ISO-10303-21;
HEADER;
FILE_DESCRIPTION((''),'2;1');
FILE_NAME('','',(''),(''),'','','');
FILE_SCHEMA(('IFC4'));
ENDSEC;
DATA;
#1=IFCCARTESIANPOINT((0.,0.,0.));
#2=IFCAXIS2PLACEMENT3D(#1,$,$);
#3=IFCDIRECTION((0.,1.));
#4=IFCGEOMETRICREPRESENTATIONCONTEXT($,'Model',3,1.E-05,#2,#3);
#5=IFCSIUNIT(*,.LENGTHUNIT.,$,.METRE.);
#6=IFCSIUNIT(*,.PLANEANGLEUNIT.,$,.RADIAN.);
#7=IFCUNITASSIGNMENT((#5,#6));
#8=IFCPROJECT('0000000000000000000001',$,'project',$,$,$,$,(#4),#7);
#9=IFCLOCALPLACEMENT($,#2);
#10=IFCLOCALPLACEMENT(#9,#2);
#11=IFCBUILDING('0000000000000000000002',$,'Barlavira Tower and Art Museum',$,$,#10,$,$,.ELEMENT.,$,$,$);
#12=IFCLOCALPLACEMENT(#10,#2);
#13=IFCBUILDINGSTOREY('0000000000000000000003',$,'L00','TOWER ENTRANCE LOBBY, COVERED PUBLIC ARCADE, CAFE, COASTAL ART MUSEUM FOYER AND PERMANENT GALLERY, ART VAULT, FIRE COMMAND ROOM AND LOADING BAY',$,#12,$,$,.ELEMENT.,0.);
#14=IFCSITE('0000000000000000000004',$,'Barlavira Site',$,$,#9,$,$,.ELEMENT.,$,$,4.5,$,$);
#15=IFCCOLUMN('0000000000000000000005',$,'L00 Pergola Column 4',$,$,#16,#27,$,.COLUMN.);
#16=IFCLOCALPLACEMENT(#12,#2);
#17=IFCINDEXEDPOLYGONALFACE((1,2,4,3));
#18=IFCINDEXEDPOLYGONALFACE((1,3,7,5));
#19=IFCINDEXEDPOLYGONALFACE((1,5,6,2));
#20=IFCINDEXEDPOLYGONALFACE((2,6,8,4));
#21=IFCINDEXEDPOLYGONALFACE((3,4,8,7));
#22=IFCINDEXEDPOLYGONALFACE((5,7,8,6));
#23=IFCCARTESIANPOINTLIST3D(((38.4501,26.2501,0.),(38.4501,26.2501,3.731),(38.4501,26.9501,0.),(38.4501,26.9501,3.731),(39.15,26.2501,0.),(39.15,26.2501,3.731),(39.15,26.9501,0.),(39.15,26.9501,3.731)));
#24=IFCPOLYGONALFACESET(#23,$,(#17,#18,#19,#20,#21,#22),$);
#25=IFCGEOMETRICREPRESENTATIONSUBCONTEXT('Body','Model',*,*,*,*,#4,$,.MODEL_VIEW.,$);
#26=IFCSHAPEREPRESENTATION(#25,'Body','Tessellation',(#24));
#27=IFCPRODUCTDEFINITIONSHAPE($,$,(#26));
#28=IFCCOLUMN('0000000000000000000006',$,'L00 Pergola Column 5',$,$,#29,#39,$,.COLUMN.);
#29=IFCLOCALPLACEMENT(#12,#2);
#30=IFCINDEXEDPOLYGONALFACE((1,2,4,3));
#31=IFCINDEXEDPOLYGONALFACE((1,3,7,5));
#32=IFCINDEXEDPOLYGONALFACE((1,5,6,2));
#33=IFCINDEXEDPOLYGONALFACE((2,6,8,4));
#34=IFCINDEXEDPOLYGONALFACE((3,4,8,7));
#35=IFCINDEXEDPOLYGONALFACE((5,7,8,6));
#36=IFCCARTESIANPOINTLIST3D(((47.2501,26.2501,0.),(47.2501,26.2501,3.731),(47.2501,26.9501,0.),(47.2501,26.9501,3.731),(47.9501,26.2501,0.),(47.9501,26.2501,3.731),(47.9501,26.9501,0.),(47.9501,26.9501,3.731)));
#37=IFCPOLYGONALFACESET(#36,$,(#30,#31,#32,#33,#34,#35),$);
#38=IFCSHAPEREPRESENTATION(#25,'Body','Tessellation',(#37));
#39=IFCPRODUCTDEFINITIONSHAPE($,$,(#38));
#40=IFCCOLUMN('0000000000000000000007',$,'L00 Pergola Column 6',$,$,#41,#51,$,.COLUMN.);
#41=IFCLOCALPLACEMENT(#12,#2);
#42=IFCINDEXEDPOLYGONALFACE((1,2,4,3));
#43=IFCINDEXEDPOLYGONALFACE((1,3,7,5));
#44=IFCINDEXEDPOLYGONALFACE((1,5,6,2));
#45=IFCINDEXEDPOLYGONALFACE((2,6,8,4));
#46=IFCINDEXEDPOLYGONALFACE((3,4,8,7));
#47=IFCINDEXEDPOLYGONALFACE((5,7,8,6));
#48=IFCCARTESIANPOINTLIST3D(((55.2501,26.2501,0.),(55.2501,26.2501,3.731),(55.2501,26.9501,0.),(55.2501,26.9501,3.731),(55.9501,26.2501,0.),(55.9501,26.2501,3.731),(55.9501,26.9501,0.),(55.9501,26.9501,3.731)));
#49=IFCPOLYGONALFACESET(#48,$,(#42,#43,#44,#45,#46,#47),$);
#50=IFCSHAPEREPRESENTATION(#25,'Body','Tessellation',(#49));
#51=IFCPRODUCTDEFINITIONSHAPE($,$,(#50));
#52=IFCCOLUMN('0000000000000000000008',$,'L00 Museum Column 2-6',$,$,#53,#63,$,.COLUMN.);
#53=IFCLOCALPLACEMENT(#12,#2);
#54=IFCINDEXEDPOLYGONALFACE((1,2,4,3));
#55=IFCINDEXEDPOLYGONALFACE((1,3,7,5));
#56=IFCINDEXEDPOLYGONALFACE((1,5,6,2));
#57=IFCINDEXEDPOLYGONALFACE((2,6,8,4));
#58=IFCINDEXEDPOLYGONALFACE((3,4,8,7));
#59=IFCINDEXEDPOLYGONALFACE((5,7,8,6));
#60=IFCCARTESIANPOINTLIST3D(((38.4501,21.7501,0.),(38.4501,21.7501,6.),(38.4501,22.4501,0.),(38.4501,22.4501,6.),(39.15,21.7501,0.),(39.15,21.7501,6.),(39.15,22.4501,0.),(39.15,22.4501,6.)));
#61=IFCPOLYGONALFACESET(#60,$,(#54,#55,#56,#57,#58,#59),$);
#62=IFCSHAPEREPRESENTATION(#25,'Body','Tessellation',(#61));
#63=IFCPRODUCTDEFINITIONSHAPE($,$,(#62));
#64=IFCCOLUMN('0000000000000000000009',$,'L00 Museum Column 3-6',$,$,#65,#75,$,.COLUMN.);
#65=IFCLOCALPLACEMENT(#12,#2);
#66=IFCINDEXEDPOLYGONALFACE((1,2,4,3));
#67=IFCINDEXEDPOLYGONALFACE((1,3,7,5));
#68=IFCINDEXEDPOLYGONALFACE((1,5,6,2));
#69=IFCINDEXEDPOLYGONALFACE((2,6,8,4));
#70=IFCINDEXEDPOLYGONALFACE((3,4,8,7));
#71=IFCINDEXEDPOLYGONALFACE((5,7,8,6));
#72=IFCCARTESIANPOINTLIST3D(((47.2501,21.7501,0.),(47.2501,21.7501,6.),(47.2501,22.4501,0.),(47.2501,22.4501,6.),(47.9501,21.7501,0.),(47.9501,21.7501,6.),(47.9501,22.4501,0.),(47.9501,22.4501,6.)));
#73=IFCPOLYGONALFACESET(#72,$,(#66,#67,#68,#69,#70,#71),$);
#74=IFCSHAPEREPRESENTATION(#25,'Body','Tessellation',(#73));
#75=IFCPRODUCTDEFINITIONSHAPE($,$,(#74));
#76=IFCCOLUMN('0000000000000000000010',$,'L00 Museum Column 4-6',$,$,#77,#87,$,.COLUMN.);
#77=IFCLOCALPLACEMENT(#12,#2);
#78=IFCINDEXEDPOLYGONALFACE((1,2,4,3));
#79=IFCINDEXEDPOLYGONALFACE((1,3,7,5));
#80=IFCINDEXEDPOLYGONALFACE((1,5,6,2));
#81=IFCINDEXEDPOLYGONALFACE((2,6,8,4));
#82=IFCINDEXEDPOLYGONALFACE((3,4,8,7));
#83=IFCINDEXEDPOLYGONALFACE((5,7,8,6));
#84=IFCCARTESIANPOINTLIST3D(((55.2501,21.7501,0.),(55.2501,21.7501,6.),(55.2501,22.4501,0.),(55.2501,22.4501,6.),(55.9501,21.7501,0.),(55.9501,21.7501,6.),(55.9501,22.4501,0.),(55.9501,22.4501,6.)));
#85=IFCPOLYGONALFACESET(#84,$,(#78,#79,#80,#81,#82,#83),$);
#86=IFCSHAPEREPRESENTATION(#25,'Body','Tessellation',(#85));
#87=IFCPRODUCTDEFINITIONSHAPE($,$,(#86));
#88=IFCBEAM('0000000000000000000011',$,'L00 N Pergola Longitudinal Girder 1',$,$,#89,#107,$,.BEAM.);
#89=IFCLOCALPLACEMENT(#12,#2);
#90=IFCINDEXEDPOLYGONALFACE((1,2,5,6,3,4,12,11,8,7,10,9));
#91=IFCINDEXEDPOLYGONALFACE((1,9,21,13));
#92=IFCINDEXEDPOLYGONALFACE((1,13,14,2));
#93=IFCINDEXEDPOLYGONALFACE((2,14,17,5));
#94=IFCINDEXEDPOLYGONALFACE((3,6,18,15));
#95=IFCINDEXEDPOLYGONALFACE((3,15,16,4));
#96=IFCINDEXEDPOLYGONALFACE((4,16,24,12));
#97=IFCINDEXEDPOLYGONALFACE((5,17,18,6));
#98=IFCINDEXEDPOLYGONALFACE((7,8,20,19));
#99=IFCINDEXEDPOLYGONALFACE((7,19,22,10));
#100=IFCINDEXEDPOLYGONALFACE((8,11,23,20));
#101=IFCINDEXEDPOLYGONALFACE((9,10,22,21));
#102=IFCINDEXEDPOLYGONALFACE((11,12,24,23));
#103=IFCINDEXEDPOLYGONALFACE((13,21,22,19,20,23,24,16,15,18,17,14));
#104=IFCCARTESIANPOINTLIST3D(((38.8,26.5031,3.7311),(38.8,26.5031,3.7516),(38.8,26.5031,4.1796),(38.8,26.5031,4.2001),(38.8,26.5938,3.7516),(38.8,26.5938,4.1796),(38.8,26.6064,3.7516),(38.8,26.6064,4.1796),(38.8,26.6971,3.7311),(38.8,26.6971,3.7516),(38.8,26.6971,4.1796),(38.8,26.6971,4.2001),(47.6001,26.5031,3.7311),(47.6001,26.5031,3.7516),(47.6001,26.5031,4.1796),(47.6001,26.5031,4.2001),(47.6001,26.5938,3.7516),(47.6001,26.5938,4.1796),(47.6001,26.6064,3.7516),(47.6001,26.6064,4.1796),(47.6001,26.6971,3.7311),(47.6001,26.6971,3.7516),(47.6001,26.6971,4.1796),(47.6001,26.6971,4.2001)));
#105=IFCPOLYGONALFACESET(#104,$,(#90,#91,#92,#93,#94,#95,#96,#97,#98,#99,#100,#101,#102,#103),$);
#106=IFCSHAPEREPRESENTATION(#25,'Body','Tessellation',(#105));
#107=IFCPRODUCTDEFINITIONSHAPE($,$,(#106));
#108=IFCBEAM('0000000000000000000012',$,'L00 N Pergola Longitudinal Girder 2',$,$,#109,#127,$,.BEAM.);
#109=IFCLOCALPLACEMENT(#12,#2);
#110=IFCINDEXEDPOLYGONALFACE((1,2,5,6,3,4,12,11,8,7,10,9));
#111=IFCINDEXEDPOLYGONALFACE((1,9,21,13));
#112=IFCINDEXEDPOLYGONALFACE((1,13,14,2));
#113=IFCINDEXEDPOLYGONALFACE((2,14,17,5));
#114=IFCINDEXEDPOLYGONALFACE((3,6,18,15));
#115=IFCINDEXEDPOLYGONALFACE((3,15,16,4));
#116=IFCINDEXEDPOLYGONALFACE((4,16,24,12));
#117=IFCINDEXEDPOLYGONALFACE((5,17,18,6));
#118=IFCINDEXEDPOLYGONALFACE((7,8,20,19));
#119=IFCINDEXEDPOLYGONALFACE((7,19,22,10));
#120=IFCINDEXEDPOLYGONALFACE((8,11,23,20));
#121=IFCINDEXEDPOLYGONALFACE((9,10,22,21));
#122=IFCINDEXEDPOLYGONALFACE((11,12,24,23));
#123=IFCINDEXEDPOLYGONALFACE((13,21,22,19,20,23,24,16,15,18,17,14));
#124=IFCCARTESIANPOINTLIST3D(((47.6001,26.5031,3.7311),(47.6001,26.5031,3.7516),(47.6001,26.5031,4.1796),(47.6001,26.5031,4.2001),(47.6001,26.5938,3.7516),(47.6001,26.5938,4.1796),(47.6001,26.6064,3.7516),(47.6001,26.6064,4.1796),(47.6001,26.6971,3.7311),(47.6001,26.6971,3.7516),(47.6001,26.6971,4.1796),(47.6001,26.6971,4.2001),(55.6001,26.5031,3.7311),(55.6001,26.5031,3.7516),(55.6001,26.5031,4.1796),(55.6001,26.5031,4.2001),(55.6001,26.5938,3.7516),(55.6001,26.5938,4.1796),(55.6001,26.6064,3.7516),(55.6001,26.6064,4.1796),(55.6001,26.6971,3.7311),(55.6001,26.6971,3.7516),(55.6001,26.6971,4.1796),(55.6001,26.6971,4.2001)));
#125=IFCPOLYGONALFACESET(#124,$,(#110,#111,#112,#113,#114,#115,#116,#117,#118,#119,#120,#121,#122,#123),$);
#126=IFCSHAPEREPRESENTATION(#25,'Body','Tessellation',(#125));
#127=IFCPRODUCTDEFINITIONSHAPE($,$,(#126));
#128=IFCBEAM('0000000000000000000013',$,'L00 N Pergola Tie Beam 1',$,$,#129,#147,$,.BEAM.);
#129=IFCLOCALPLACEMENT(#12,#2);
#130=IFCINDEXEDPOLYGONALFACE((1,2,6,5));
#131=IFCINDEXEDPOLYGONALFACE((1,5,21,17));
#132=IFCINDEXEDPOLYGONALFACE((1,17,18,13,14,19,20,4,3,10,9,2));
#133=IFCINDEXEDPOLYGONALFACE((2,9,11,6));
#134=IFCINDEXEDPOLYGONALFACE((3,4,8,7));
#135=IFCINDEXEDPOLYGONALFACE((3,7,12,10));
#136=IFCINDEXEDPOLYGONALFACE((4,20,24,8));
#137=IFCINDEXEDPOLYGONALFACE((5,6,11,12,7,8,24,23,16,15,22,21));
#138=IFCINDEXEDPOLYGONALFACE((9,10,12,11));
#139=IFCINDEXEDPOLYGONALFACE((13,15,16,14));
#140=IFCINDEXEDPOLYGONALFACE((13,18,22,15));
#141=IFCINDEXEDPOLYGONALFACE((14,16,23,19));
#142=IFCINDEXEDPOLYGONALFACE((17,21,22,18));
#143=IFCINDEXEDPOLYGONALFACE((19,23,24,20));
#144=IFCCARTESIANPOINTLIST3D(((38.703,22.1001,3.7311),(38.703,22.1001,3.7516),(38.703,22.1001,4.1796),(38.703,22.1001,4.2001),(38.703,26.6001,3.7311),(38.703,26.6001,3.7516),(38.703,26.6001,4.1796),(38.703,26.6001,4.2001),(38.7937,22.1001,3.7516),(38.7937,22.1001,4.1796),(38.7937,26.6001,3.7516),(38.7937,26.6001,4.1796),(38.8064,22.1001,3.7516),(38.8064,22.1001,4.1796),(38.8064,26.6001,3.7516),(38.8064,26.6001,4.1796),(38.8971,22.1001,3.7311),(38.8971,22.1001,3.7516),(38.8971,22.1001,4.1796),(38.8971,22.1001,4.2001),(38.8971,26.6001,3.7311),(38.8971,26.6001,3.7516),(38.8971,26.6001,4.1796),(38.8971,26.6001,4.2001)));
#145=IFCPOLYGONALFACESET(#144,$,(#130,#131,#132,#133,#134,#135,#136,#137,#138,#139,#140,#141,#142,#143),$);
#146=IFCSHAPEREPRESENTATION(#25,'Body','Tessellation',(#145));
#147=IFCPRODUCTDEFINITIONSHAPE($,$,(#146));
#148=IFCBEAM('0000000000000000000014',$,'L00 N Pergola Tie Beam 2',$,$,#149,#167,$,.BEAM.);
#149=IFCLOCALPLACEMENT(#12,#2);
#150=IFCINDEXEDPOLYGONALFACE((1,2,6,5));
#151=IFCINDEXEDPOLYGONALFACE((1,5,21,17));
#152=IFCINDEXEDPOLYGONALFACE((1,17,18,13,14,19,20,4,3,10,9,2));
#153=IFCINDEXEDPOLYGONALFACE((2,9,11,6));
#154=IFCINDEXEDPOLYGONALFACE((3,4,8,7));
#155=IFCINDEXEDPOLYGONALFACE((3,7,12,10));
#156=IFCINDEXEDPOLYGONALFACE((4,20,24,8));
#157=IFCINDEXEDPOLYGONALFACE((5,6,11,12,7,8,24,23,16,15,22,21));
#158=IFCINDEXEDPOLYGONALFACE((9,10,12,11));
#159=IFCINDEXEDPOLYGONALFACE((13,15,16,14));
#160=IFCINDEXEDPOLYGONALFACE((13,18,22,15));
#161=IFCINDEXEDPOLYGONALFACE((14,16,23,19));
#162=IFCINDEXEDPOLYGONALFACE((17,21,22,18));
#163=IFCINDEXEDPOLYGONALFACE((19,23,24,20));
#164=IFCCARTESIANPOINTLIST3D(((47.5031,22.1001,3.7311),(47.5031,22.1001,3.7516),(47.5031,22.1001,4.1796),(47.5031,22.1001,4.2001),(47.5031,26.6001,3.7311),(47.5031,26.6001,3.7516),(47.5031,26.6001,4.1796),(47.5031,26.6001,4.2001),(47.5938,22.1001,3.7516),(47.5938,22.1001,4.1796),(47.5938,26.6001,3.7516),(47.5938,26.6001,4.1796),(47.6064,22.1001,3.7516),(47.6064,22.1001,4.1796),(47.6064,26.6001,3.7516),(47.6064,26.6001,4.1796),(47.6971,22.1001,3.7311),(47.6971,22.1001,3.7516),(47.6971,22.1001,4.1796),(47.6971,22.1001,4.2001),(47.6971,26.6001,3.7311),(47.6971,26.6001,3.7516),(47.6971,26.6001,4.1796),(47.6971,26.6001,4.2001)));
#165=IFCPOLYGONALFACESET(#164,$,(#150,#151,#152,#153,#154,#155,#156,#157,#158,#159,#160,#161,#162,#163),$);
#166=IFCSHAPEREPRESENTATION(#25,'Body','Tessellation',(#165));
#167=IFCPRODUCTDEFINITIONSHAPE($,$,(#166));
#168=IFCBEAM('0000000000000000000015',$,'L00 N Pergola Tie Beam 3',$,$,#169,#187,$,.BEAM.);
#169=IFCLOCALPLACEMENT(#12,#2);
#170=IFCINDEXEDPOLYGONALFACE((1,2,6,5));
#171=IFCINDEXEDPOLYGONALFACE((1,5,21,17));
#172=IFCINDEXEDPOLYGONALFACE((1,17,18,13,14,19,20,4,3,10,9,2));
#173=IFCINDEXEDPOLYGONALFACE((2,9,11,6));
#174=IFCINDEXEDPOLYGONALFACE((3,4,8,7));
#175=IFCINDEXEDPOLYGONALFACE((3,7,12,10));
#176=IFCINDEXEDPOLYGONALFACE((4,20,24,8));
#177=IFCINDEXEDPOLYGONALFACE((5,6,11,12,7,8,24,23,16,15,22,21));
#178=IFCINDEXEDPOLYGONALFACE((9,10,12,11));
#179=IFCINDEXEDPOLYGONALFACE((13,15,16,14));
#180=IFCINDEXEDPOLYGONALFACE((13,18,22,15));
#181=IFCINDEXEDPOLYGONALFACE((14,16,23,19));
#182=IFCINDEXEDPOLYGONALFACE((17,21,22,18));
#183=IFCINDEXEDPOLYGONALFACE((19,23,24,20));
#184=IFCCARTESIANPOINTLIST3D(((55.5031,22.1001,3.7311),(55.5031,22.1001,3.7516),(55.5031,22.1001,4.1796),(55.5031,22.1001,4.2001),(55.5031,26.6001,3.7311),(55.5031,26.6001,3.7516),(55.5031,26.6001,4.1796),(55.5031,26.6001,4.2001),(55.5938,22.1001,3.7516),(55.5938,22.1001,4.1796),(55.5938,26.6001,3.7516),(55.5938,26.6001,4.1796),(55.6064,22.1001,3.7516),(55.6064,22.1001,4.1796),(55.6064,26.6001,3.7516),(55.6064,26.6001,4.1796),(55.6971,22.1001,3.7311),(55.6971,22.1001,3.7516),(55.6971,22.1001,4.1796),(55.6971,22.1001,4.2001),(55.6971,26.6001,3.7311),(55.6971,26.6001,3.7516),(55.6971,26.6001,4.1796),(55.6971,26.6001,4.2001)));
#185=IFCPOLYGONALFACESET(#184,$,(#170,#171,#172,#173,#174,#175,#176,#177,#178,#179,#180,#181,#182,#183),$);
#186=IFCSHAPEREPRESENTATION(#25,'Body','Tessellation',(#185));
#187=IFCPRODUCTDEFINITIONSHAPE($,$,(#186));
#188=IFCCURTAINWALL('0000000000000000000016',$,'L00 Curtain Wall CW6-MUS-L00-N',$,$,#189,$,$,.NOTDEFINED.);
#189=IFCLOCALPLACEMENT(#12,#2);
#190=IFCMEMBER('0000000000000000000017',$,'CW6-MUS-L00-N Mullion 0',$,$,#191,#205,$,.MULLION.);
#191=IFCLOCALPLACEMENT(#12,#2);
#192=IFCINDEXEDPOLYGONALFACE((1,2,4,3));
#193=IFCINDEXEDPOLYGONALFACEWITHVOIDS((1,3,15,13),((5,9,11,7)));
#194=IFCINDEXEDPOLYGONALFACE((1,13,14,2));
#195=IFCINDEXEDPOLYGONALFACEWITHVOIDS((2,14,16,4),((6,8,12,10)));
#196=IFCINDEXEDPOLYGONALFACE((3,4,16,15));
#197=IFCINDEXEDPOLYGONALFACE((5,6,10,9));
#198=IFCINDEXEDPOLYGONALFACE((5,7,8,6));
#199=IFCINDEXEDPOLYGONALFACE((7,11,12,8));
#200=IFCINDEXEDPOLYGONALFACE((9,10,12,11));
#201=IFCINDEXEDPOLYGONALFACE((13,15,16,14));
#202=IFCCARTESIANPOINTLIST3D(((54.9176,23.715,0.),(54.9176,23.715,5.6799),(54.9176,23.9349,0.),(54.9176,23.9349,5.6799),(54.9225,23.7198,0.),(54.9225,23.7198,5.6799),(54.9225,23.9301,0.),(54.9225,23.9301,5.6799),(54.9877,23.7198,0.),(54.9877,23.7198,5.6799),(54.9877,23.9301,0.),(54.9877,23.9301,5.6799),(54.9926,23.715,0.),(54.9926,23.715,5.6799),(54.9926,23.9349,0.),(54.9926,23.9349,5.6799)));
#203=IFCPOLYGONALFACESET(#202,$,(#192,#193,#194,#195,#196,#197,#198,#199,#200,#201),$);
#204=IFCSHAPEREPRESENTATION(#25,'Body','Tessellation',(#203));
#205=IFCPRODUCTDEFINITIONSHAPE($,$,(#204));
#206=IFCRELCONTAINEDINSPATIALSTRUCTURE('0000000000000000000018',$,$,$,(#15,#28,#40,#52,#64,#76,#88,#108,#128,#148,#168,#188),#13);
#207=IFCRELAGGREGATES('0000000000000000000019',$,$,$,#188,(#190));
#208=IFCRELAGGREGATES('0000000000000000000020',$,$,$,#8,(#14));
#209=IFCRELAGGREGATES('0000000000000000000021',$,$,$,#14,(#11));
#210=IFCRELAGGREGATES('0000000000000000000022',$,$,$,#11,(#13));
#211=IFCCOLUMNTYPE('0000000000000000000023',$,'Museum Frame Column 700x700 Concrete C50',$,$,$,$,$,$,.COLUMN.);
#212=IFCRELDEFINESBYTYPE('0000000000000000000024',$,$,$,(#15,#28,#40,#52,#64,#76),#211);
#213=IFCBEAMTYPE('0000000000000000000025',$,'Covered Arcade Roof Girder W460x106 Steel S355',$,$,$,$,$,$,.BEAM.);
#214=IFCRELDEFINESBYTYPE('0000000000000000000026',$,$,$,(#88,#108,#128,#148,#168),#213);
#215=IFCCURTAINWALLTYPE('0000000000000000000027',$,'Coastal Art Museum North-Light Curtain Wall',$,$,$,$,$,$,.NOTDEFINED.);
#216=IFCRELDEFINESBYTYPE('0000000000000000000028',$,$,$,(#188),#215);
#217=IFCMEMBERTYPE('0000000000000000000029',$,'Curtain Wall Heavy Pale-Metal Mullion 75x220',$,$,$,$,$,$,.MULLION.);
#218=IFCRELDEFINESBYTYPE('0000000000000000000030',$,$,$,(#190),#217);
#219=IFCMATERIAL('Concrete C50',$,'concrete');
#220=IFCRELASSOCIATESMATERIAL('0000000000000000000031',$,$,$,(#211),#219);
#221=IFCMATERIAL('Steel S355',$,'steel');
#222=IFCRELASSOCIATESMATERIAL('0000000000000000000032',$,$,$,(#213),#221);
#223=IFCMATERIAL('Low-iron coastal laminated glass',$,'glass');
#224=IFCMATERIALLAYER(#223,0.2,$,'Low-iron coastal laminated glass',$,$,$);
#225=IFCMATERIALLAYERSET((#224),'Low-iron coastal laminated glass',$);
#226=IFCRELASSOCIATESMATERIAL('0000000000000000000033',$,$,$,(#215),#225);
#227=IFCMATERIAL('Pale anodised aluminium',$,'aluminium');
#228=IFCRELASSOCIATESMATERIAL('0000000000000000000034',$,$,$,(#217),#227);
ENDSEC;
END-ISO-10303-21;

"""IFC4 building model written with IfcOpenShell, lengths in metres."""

from ifc_helpers import new_model, si_unit, direction, frame, origin, origin_2d, place, context, subcontext, project, spatial, rectangle, hollow_rectangle, i_section, extrude, material, layer, layer_set, material_profile, profile_set, type_object, element, aggregate, save


model = new_model("IFC4")

# Units and contexts
model_context = context("Model", 3, precision=1e-05, world=origin(), true_north=direction((0.0, 1.0)))
body_context = subcontext(model_context, "Body", "Model", "MODEL_VIEW")
ifc_project = project(units=[si_unit("LENGTHUNIT", "METRE"), si_unit("PLANEANGLEUNIT", "RADIAN")], contexts=[model_context])

# Site, building, storey
site_placement = place(None, origin())
site = spatial("IfcSite", under=ifc_project, at=site_placement, Name="Barlavira Site", CompositionType="ELEMENT", RefElevation=4.5)
building_placement = place(site_placement, origin())
building = spatial("IfcBuilding", under=site, at=building_placement, Name="Barlavira Tower and Art Museum", CompositionType="ELEMENT")
storey_placement = place(building_placement, origin())
storey = spatial("IfcBuildingStorey", under=building, at=storey_placement, Name="L00", Description="TOWER ENTRANCE LOBBY, COVERED PUBLIC ARCADE, CAFE, COASTAL ART MUSEUM FOYER AND PERMANENT GALLERY, ART VAULT, FIRE COMMAND ROOM AND LOADING BAY", CompositionType="ELEMENT", Elevation=0.0)

# Columns
ifc_material_1 = material(Name="Concrete C50", Category="concrete")
ifc_material_profile_1 = material_profile(ifc_material_1, rectangle(XDim=0.7, YDim=0.7, at=origin_2d()), Name="RC-COL 700x700")
ifc_profile_set_1 = profile_set([ifc_material_profile_1], Name="Concrete C50")
column_type = type_object("IfcColumnType", Name="Museum Frame Column 700x700 Concrete C50", PredefinedType="COLUMN", material=ifc_profile_set_1)
for number, where, z_axis, x_axis, name in (
    (1, (38.8, 26.6001, 0.0), (0.0, 0.0, 1.0), (1.0, 0.0, 0.0), "L00 Pergola Column 4"),
    (2, (47.6001, 26.6001, 0.0), (0.0, 0.0, 1.0), (1.0, 0.0, 0.0), "L00 Pergola Column 5"),
    (3, (55.6001, 26.6001, 0.0), (0.0, 0.0, 1.0), (1.0, 0.0, 0.0), "L00 Pergola Column 6"),
):
    element("IfcColumn", number, at=place(storey_placement, frame(where, z_axis=z_axis, x_axis=x_axis)), inside=storey, type_object=column_type, Name=name, PredefinedType="COLUMN", context=body_context, shape_type="SweptSolid", body=[
        extrude(rectangle(XDim=0.7, YDim=0.7, at=origin_2d()), origin(), (0.0, 0.0, 1.0), 3.731),
    ])
for number, where, z_axis, x_axis, name in (
    (4, (38.8, 22.1001, 0.0), (0.0, 0.0, 1.0), (1.0, 0.0, 0.0), "L00 Museum Column 2-6"),
    (5, (47.6001, 22.1001, 0.0), (0.0, 0.0, 1.0), (1.0, 0.0, 0.0), "L00 Museum Column 3-6"),
    (6, (55.6001, 22.1001, 0.0), (0.0, 0.0, 1.0), (1.0, 0.0, 0.0), "L00 Museum Column 4-6"),
):
    element("IfcColumn", number, at=place(storey_placement, frame(where, z_axis=z_axis, x_axis=x_axis)), inside=storey, type_object=column_type, Name=name, PredefinedType="COLUMN", context=body_context, shape_type="SweptSolid", body=[
        extrude(rectangle(XDim=0.7, YDim=0.7, at=origin_2d()), origin(), (0.0, 0.0, 1.0), 6.0),
    ])

# Beams
ifc_material_2 = material(Name="Steel S355", Category="steel")
ifc_material_profile_2 = material_profile(ifc_material_2, i_section(OverallWidth=0.1941, OverallDepth=0.469, WebThickness=0.0127, FlangeThickness=0.0205, at=origin_2d()), Name="W460x106.0")
ifc_profile_set_2 = profile_set([ifc_material_profile_2], Name="Steel S355")
beam_type_1 = type_object("IfcBeamType", Name="Covered Arcade Roof Girder W460x106 Steel S355", PredefinedType="BEAM", material=ifc_profile_set_2)
beam_1_placement = place(storey_placement, frame((38.8, 26.6001, 3.9656), z_axis=(1.0, 0.0, 0.0), x_axis=(0.0, 1.0, 0.0)))
element("IfcBeam", 7, at=beam_1_placement, inside=storey, type_object=beam_type_1, Name="L00 N Pergola Longitudinal Girder 1", PredefinedType="BEAM", context=body_context, shape_type="SweptSolid", body=[
    extrude(i_section(OverallWidth=0.1941, OverallDepth=0.469, WebThickness=0.0127, FlangeThickness=0.0205, at=origin_2d()), origin(), (0.0, 0.0, 1.0), 8.8),
])
beam_2_placement = place(storey_placement, frame((47.6001, 26.6001, 3.9656), z_axis=(1.0, 0.0, 0.0), x_axis=(0.0, 1.0, 0.0)))
element("IfcBeam", 8, at=beam_2_placement, inside=storey, type_object=beam_type_1, Name="L00 N Pergola Longitudinal Girder 2", PredefinedType="BEAM", context=body_context, shape_type="SweptSolid", body=[
    extrude(i_section(OverallWidth=0.1941, OverallDepth=0.469, WebThickness=0.0127, FlangeThickness=0.0205, at=origin_2d()), origin(), (0.0, 0.0, 1.0), 8.0),
])
for number, where, z_axis, x_axis, name in (
    (9, (38.8, 22.1001, 3.9656), (0.0, 1.0, 0.0), (-1.0, 0.0, 0.0), "L00 N Pergola Tie Beam 1"),
    (10, (47.6001, 22.1001, 3.9656), (0.0, 1.0, 0.0), (-1.0, 0.0, 0.0), "L00 N Pergola Tie Beam 2"),
    (11, (55.6001, 22.1001, 3.9656), (0.0, 1.0, 0.0), (-1.0, 0.0, 0.0), "L00 N Pergola Tie Beam 3"),
):
    element("IfcBeam", number, at=place(storey_placement, frame(where, z_axis=z_axis, x_axis=x_axis)), inside=storey, type_object=beam_type_1, Name=name, PredefinedType="BEAM", context=body_context, shape_type="SweptSolid", body=[
        extrude(i_section(OverallWidth=0.1941, OverallDepth=0.469, WebThickness=0.0127, FlangeThickness=0.0205, at=origin_2d()), origin(), (0.0, 0.0, 1.0), 4.5),
    ])

# Curtain wall, member
ifc_material_3 = material(Name="Low-iron coastal laminated glass", Category="glass")
ifc_layer_1 = layer(ifc_material_3, 0.2, Name="Low-iron coastal laminated glass")
ifc_layer_set_1 = layer_set([ifc_layer_1], Name="Low-iron coastal laminated glass")
curtain_wall_type = type_object("IfcCurtainWallType", Name="Coastal Art Museum North-Light Curtain Wall", PredefinedType="NOTDEFINED", material=ifc_layer_set_1)
curtain_wall_placement = place(storey_placement, origin())
curtain_wall = element("IfcCurtainWall", 12, at=curtain_wall_placement, inside=storey, type_object=curtain_wall_type, Name="L00 Curtain Wall CW6-MUS-L00-N", PredefinedType="NOTDEFINED")
ifc_material_4 = material(Name="Pale anodised aluminium", Category="aluminium")
ifc_material_profile_3 = material_profile(ifc_material_4, hollow_rectangle(XDim=0.075, YDim=0.22, WallThickness=0.0049, at=origin_2d()), Name="ALU-MULL 75x220x5")
ifc_profile_set_3 = profile_set([ifc_material_profile_3], Name="Pale anodised aluminium")
member_type_1 = type_object("IfcMemberType", Name="Curtain Wall Heavy Pale-Metal Mullion 75x220", PredefinedType="MULLION", material=ifc_profile_set_3)
member_1_placement = place(storey_placement, frame((54.9551, 23.825, 0.0), z_axis=(0.0, 0.0, 1.0), x_axis=(-1.0, 0.0, 0.0)))
member_1 = element("IfcMember", 13, at=member_1_placement, type_object=member_type_1, Name="CW6-MUS-L00-N Mullion 0", PredefinedType="MULLION", context=body_context, shape_type="SweptSolid", body=[
    extrude(hollow_rectangle(XDim=0.075, YDim=0.22, WallThickness=0.0049, at=origin_2d()), origin(), (0.0, 0.0, 1.0), 5.6799),
])

aggregate(curtain_wall, [member_1])

save(model, "model.ifc")
